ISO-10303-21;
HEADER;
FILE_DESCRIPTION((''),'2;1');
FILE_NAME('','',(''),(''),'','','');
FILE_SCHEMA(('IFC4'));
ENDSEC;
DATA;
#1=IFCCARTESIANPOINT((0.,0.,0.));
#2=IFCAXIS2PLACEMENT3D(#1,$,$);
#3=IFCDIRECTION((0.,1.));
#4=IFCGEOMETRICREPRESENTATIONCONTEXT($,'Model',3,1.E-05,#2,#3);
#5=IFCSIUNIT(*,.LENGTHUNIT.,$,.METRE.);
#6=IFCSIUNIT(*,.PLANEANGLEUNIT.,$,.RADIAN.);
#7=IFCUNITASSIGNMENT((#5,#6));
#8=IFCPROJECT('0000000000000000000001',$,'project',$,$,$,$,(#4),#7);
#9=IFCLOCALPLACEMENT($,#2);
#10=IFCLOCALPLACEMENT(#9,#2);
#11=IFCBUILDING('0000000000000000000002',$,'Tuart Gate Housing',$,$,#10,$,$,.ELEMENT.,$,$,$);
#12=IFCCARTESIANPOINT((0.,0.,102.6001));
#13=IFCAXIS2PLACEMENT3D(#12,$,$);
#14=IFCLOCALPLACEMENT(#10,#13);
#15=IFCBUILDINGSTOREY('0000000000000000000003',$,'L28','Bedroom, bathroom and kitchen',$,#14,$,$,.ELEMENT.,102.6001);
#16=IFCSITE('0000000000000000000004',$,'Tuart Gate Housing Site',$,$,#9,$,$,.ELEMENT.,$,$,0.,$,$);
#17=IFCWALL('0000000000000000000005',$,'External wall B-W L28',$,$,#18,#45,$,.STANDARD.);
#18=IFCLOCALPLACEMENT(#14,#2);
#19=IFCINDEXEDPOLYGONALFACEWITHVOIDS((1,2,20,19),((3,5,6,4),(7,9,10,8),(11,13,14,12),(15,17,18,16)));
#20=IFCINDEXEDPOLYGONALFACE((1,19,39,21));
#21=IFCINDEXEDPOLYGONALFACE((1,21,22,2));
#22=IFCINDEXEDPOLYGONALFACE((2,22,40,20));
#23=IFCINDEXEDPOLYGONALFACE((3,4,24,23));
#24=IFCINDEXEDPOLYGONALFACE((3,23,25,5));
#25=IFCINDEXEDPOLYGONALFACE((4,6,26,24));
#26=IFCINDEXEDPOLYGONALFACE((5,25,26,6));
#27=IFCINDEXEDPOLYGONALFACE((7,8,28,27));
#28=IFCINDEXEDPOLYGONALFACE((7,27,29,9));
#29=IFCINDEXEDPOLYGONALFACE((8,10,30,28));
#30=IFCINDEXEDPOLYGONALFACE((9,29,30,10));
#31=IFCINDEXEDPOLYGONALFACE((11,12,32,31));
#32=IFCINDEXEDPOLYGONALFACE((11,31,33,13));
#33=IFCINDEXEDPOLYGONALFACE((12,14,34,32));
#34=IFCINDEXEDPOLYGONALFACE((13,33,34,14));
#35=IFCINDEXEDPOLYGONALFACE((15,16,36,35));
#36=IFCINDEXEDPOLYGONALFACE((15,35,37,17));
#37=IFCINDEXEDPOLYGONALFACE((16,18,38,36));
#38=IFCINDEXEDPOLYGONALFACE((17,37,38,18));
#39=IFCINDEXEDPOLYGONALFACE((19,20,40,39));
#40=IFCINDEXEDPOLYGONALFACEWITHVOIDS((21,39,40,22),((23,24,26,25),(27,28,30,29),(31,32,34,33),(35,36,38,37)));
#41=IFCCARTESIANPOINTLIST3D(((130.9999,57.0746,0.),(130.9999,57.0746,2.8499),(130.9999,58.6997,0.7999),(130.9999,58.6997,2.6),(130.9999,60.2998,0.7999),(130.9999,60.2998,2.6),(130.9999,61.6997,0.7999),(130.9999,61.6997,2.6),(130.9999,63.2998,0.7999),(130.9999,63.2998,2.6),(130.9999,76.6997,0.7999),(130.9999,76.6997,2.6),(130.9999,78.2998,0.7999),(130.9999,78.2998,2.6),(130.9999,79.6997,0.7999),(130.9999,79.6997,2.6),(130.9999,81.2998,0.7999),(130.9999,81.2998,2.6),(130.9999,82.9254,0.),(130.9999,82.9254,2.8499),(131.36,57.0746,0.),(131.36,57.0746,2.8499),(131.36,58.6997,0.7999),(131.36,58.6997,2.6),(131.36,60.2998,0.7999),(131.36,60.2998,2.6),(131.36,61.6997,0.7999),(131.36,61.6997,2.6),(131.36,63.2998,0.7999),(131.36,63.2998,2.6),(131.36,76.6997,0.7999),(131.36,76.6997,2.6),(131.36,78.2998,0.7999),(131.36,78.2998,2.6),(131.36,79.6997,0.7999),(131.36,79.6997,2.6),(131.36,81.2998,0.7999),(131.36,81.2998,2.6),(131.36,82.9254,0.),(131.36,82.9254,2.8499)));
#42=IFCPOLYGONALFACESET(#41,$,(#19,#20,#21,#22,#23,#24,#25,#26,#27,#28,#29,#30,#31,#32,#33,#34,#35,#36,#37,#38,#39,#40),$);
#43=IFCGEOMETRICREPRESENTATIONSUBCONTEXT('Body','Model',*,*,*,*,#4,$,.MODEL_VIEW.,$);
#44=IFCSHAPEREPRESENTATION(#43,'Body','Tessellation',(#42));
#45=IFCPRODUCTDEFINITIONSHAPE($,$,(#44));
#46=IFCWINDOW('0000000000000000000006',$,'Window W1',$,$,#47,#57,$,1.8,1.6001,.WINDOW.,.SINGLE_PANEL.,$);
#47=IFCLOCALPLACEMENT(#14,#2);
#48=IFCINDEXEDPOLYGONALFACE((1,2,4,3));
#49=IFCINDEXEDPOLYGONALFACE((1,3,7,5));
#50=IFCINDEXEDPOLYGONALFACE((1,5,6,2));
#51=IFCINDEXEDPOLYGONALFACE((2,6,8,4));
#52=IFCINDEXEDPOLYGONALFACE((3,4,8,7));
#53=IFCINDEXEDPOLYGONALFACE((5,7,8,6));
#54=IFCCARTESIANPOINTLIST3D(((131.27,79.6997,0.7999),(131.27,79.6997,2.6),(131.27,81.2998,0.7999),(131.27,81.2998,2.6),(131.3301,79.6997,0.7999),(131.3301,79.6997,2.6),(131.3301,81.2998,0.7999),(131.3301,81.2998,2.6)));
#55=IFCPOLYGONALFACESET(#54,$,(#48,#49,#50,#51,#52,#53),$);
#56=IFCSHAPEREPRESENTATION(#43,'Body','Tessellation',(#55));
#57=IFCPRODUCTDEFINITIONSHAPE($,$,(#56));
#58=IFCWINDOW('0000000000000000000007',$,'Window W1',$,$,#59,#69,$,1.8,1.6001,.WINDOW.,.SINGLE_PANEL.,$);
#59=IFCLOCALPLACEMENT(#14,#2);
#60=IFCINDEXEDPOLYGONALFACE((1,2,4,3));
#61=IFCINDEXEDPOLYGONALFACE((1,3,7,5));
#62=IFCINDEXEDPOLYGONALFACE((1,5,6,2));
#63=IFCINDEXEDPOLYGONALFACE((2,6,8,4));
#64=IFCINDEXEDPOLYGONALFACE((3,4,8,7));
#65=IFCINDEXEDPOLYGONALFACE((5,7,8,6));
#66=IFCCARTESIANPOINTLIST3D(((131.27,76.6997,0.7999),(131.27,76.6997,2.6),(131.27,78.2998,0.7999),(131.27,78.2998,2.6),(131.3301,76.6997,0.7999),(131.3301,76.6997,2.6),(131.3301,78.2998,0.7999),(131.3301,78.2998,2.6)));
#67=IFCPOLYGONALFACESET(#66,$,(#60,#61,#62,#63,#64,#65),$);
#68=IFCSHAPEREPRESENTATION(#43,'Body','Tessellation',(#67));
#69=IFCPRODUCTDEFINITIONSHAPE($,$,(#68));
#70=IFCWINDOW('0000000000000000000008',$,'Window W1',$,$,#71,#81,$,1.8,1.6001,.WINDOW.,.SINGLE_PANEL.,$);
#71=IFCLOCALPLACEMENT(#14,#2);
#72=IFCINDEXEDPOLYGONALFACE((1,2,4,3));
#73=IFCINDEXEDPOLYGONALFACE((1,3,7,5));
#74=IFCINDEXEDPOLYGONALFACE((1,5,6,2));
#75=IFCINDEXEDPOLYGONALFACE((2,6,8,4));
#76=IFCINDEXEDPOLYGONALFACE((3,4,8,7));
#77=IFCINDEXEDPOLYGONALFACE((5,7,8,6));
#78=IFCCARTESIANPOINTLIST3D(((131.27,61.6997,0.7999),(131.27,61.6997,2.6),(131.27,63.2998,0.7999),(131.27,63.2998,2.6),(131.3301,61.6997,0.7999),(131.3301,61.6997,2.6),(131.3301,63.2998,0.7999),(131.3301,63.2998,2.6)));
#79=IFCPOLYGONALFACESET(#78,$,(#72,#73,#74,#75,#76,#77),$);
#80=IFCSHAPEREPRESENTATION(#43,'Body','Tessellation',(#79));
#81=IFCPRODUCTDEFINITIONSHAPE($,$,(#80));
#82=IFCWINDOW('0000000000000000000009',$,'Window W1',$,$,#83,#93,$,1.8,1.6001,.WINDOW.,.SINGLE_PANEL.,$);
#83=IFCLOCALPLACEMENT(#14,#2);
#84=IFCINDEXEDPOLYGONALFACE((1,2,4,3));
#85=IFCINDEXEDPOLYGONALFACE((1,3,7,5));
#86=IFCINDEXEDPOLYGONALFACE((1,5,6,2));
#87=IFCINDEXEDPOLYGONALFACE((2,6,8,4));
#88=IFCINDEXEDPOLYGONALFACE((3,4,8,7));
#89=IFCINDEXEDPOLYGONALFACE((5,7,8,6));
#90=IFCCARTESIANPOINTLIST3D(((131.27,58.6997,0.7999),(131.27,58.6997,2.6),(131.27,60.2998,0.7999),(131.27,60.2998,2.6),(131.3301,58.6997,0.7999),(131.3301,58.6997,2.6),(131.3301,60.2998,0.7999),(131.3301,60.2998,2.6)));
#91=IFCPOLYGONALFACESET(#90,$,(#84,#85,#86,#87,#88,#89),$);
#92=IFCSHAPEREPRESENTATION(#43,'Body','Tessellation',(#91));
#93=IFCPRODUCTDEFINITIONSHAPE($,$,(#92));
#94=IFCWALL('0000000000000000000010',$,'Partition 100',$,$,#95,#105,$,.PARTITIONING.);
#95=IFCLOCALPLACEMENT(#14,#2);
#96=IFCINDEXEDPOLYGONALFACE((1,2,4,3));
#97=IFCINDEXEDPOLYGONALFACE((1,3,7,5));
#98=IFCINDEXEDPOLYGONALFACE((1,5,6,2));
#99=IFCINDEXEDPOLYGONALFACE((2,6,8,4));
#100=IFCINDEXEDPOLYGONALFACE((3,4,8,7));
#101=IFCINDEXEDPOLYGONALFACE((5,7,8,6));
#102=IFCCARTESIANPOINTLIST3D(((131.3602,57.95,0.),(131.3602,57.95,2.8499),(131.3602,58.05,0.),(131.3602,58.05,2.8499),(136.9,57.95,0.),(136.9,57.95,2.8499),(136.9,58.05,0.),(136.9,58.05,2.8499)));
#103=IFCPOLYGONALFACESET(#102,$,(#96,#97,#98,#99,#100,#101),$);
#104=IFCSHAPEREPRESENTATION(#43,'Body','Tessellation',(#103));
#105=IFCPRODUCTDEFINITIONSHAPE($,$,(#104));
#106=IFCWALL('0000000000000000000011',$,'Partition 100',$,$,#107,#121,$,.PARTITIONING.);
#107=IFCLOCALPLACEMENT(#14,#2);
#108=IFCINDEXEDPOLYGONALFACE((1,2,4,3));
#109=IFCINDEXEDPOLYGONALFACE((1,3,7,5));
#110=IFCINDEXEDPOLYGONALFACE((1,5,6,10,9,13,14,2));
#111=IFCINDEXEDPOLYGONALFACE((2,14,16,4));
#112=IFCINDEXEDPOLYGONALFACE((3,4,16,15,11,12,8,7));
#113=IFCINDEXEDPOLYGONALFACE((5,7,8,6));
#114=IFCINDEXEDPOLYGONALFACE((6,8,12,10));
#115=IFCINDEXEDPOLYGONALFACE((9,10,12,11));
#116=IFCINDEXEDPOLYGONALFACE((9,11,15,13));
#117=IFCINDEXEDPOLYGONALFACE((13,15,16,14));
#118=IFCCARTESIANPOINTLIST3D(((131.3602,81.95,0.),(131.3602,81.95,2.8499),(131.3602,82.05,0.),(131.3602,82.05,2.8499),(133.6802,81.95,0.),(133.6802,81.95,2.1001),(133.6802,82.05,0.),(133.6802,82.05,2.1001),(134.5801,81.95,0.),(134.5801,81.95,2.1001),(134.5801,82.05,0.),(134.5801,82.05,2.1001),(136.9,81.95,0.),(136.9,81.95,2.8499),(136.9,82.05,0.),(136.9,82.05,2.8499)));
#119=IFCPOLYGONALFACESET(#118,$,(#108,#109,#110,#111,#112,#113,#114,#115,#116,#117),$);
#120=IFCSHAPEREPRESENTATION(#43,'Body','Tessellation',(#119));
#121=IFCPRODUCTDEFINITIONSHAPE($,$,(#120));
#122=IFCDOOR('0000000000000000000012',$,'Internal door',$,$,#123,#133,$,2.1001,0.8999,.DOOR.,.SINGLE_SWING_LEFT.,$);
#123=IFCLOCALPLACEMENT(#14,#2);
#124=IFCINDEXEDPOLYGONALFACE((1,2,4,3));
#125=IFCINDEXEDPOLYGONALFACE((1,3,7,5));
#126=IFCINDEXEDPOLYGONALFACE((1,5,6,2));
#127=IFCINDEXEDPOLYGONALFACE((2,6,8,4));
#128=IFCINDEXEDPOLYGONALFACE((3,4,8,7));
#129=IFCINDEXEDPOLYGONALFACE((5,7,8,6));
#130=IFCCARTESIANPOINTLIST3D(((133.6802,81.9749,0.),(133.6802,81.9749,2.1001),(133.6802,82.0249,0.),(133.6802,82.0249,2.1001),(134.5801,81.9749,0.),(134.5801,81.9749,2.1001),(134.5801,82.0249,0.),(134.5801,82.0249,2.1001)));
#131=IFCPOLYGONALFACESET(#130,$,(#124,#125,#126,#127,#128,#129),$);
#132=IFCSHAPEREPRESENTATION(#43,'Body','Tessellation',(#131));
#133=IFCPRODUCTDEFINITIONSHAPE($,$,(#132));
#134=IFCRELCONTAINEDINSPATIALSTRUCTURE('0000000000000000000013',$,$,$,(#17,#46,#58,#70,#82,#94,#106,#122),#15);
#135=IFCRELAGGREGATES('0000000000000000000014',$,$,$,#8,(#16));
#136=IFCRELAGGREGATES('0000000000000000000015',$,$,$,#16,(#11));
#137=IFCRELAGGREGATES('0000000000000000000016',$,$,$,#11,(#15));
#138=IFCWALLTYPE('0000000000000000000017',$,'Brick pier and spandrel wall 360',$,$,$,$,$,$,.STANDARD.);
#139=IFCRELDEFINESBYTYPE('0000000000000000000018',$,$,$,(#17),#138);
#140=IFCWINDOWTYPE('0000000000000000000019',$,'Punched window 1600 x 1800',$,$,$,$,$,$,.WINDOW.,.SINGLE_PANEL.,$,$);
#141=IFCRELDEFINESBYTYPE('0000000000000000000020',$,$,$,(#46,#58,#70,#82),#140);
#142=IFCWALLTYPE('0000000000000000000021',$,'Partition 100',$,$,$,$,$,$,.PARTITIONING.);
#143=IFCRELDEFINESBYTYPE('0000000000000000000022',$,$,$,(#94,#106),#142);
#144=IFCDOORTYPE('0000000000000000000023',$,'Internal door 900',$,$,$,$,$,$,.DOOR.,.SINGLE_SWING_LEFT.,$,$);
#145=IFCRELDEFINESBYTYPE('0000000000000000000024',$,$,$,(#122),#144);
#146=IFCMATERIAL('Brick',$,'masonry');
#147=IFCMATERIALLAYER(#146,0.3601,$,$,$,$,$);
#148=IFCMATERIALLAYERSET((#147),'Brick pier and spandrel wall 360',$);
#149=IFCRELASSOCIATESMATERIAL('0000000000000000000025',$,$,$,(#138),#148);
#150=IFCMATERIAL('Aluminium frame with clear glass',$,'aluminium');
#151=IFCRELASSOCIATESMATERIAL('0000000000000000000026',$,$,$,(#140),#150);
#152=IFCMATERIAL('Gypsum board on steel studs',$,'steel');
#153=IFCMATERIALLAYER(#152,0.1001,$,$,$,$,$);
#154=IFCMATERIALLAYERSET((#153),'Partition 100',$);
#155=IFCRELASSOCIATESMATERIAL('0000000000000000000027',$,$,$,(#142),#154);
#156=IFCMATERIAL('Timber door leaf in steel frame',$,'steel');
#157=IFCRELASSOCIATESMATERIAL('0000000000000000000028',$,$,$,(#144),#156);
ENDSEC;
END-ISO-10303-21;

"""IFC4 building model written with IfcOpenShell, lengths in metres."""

from ifc_helpers import new_model, si_unit, direction, frame, frame_2d, origin, place, context, subcontext, project, spatial, rectangle, extrude, material, layer, layer_set, type_object, element, fill, save


model = new_model("IFC4")

# Units and contexts
model_context = context("Model", 3, precision=1e-05, world=origin(), true_north=direction((0.0, 1.0)))
body_context = subcontext(model_context, "Body", "Model", "MODEL_VIEW")
ifc_project = project(units=[si_unit("LENGTHUNIT", "METRE"), si_unit("PLANEANGLEUNIT", "RADIAN")], contexts=[model_context])

# Site, building, storey
site_placement = place(None, origin())
site = spatial("IfcSite", under=ifc_project, at=site_placement, Name="Tuart Gate Housing Site", CompositionType="ELEMENT", RefElevation=0.0)
building_placement = place(site_placement, origin())
building = spatial("IfcBuilding", under=site, at=building_placement, Name="Tuart Gate Housing", CompositionType="ELEMENT")
storey_placement = place(building_placement, frame((0.0, 0.0, 102.6001)))
storey = spatial("IfcBuildingStorey", under=building, at=storey_placement, Name="L28", Description="Bedroom, bathroom and kitchen", CompositionType="ELEMENT", Elevation=102.6001)

# Shared definitions
ifc_material_1 = material(Name="Brick", Category="masonry")
ifc_layer_1 = layer(ifc_material_1, 0.3601)
ifc_layer_set_1 = layer_set([ifc_layer_1], Name="Brick pier and spandrel wall 360")
wall_type_1 = type_object("IfcWallType", Name="Brick pier and spandrel wall 360", PredefinedType="STANDARD", material=ifc_layer_set_1)
ifc_material_2 = material(Name="Aluminium frame with clear glass", Category="aluminium")
window_type = type_object("IfcWindowType", Name="Punched window 1600 x 1800", PartitioningType="SINGLE_PANEL", PredefinedType="WINDOW", material=ifc_material_2)

# Wall, openings, windows
wall_1_placement = place(storey_placement, frame((131.1799, 82.9253, 0.0), z_axis=(0.0, 0.0, 1.0), x_axis=(0.0, -1.0, 0.0)))
wall_1 = element("IfcWall", 1, at=wall_1_placement, inside=storey, type_object=wall_type_1, Name="External wall B-W L28", PredefinedType="STANDARD", context=body_context, shape_type="SweptSolid", body=[
    extrude(rectangle(XDim=25.8508, YDim=0.3601, at=frame_2d((12.9253, 0.0))), origin(), (0.0, 0.0, 1.0), 2.8499),
])
opening_1_placement = place(wall_1_placement, frame((1.6255, 0.0, 0.8)))
opening_1 = element("IfcOpeningElement", 2, at=opening_1_placement, cuts=wall_1, PredefinedType="OPENING", context=body_context, shape_type="SweptSolid", body=[
    extrude(rectangle(XDim=1.6001, YDim=1.8, at=frame_2d((0.8, 0.8999))), frame((0.0, 0.1899, 0.0), z_axis=(0.0, -1.0, 0.0), x_axis=(1.0, 0.0, 0.0)), (0.0, 0.0, 1.0), 0.3801),
])
opening_2_placement = place(wall_1_placement, frame((4.6255, 0.0, 0.8)))
opening_2 = element("IfcOpeningElement", 3, at=opening_2_placement, cuts=wall_1, PredefinedType="OPENING", context=body_context, shape_type="SweptSolid", body=[
    extrude(rectangle(XDim=1.6001, YDim=1.8, at=frame_2d((0.8, 0.8999))), frame((0.0, 0.1899, 0.0), z_axis=(0.0, -1.0, 0.0), x_axis=(1.0, 0.0, 0.0)), (0.0, 0.0, 1.0), 0.3801),
])
opening_3_placement = place(wall_1_placement, frame((19.6255, 0.0, 0.8)))
opening_3 = element("IfcOpeningElement", 4, at=opening_3_placement, cuts=wall_1, PredefinedType="OPENING", context=body_context, shape_type="SweptSolid", body=[
    extrude(rectangle(XDim=1.6001, YDim=1.8, at=frame_2d((0.8, 0.8999))), frame((0.0, 0.1899, 0.0), z_axis=(0.0, -1.0, 0.0), x_axis=(1.0, 0.0, 0.0)), (0.0, 0.0, 1.0), 0.3801),
])
opening_4_placement = place(wall_1_placement, frame((22.6255, 0.0, 0.8)))
opening_4 = element("IfcOpeningElement", 5, at=opening_4_placement, cuts=wall_1, PredefinedType="OPENING", context=body_context, shape_type="SweptSolid", body=[
    extrude(rectangle(XDim=1.6001, YDim=1.8, at=frame_2d((0.8, 0.8999))), frame((0.0, 0.1899, 0.0), z_axis=(0.0, -1.0, 0.0), x_axis=(1.0, 0.0, 0.0)), (0.0, 0.0, 1.0), 0.3801),
])
window_1_placement = place(opening_1_placement, origin())
window_1 = element("IfcWindow", 6, at=window_1_placement, inside=storey, type_object=window_type, Name="Window W1", OverallHeight=1.8, OverallWidth=1.6001, PartitioningType="SINGLE_PANEL", PredefinedType="WINDOW", context=body_context, shape_type="SweptSolid", body=[
    extrude(rectangle(XDim=1.6001, YDim=1.8, at=frame_2d((0.8, 0.8999))), frame((0.0, 0.1501, 0.0), z_axis=(0.0, -1.0, 0.0), x_axis=(1.0, 0.0, 0.0)), (0.0, 0.0, 1.0), 0.0601),
])
fill(opening_1, window_1)
window_2_placement = place(opening_2_placement, origin())
window_2 = element("IfcWindow", 7, at=window_2_placement, inside=storey, type_object=window_type, Name="Window W1", OverallHeight=1.8, OverallWidth=1.6001, PartitioningType="SINGLE_PANEL", PredefinedType="WINDOW", context=body_context, shape_type="SweptSolid", body=[
    extrude(rectangle(XDim=1.6001, YDim=1.8, at=frame_2d((0.8, 0.8999))), frame((0.0, 0.1501, 0.0), z_axis=(0.0, -1.0, 0.0), x_axis=(1.0, 0.0, 0.0)), (0.0, 0.0, 1.0), 0.0601),
])
fill(opening_2, window_2)
window_3_placement = place(opening_3_placement, origin())
window_3 = element("IfcWindow", 8, at=window_3_placement, inside=storey, type_object=window_type, Name="Window W1", OverallHeight=1.8, OverallWidth=1.6001, PartitioningType="SINGLE_PANEL", PredefinedType="WINDOW", context=body_context, shape_type="SweptSolid", body=[
    extrude(rectangle(XDim=1.6001, YDim=1.8, at=frame_2d((0.8, 0.8999))), frame((0.0, 0.1501, 0.0), z_axis=(0.0, -1.0, 0.0), x_axis=(1.0, 0.0, 0.0)), (0.0, 0.0, 1.0), 0.0601),
])
fill(opening_3, window_3)
window_4_placement = place(opening_4_placement, origin())
window_4 = element("IfcWindow", 9, at=window_4_placement, inside=storey, type_object=window_type, Name="Window W1", OverallHeight=1.8, OverallWidth=1.6001, PartitioningType="SINGLE_PANEL", PredefinedType="WINDOW", context=body_context, shape_type="SweptSolid", body=[
    extrude(rectangle(XDim=1.6001, YDim=1.8, at=frame_2d((0.8, 0.8999))), frame((0.0, 0.1501, 0.0), z_axis=(0.0, -1.0, 0.0), x_axis=(1.0, 0.0, 0.0)), (0.0, 0.0, 1.0), 0.0601),
])
fill(opening_4, window_4)

# Wall
ifc_material_3 = material(Name="Gypsum board on steel studs", Category="steel")
ifc_layer_2 = layer(ifc_material_3, 0.1001)
ifc_layer_set_2 = layer_set([ifc_layer_2], Name="Partition 100")
wall_type_2 = type_object("IfcWallType", Name="Partition 100", PredefinedType="PARTITIONING", material=ifc_layer_set_2)
wall_2_placement = place(storey_placement, frame((131.3601, 58.0, 0.0), z_axis=(0.0, 0.0, 1.0), x_axis=(1.0, 0.0, 0.0)))
element("IfcWall", 10, at=wall_2_placement, inside=storey, type_object=wall_type_2, Name="Partition 100", PredefinedType="PARTITIONING", context=body_context, shape_type="SweptSolid", body=[
    extrude(rectangle(XDim=5.5398, YDim=0.1001, at=frame_2d((2.77, 0.0))), origin(), (0.0, 0.0, 1.0), 2.8499),
])

# Wall, opening, door
wall_3_placement = place(storey_placement, frame((131.3601, 82.0, 0.0), z_axis=(0.0, 0.0, 1.0), x_axis=(1.0, 0.0, 0.0)))
wall_3 = element("IfcWall", 11, at=wall_3_placement, inside=storey, type_object=wall_type_2, Name="Partition 100", PredefinedType="PARTITIONING", context=body_context, shape_type="SweptSolid", body=[
    extrude(rectangle(XDim=5.5398, YDim=0.1001, at=frame_2d((2.77, 0.0))), origin(), (0.0, 0.0, 1.0), 2.8499),
])
opening_5_placement = place(wall_3_placement, frame((2.3201, 0.0, 0.0)))
opening_5 = element("IfcOpeningElement", 12, at=opening_5_placement, cuts=wall_3, PredefinedType="OPENING", context=body_context, shape_type="SweptSolid", body=[
    extrude(rectangle(XDim=0.8999, YDim=2.1001, at=frame_2d((0.45, 1.05))), frame((0.0, 0.0601, 0.0), z_axis=(0.0, -1.0, 0.0), x_axis=(1.0, 0.0, 0.0)), (0.0, 0.0, 1.0), 0.1201),
])
ifc_material_4 = material(Name="Timber door leaf in steel frame", Category="steel")
door_type = type_object("IfcDoorType", Name="Internal door 900", OperationType="SINGLE_SWING_LEFT", PredefinedType="DOOR", material=ifc_material_4)
door_placement = place(opening_5_placement, origin())
door = element("IfcDoor", 13, at=door_placement, inside=storey, type_object=door_type, Name="Internal door", OperationType="SINGLE_SWING_LEFT", OverallHeight=2.1001, OverallWidth=0.8999, PredefinedType="DOOR", context=body_context, shape_type="SweptSolid", body=[
    extrude(rectangle(XDim=0.8999, YDim=2.1001, at=frame_2d((0.45, 1.05))), frame((0.0, 0.0249, 0.0), z_axis=(0.0, -1.0, 0.0), x_axis=(1.0, 0.0, 0.0)), (0.0, 0.0, 1.0), 0.05),
])
fill(opening_5, door)

save(model, "model.ifc")
